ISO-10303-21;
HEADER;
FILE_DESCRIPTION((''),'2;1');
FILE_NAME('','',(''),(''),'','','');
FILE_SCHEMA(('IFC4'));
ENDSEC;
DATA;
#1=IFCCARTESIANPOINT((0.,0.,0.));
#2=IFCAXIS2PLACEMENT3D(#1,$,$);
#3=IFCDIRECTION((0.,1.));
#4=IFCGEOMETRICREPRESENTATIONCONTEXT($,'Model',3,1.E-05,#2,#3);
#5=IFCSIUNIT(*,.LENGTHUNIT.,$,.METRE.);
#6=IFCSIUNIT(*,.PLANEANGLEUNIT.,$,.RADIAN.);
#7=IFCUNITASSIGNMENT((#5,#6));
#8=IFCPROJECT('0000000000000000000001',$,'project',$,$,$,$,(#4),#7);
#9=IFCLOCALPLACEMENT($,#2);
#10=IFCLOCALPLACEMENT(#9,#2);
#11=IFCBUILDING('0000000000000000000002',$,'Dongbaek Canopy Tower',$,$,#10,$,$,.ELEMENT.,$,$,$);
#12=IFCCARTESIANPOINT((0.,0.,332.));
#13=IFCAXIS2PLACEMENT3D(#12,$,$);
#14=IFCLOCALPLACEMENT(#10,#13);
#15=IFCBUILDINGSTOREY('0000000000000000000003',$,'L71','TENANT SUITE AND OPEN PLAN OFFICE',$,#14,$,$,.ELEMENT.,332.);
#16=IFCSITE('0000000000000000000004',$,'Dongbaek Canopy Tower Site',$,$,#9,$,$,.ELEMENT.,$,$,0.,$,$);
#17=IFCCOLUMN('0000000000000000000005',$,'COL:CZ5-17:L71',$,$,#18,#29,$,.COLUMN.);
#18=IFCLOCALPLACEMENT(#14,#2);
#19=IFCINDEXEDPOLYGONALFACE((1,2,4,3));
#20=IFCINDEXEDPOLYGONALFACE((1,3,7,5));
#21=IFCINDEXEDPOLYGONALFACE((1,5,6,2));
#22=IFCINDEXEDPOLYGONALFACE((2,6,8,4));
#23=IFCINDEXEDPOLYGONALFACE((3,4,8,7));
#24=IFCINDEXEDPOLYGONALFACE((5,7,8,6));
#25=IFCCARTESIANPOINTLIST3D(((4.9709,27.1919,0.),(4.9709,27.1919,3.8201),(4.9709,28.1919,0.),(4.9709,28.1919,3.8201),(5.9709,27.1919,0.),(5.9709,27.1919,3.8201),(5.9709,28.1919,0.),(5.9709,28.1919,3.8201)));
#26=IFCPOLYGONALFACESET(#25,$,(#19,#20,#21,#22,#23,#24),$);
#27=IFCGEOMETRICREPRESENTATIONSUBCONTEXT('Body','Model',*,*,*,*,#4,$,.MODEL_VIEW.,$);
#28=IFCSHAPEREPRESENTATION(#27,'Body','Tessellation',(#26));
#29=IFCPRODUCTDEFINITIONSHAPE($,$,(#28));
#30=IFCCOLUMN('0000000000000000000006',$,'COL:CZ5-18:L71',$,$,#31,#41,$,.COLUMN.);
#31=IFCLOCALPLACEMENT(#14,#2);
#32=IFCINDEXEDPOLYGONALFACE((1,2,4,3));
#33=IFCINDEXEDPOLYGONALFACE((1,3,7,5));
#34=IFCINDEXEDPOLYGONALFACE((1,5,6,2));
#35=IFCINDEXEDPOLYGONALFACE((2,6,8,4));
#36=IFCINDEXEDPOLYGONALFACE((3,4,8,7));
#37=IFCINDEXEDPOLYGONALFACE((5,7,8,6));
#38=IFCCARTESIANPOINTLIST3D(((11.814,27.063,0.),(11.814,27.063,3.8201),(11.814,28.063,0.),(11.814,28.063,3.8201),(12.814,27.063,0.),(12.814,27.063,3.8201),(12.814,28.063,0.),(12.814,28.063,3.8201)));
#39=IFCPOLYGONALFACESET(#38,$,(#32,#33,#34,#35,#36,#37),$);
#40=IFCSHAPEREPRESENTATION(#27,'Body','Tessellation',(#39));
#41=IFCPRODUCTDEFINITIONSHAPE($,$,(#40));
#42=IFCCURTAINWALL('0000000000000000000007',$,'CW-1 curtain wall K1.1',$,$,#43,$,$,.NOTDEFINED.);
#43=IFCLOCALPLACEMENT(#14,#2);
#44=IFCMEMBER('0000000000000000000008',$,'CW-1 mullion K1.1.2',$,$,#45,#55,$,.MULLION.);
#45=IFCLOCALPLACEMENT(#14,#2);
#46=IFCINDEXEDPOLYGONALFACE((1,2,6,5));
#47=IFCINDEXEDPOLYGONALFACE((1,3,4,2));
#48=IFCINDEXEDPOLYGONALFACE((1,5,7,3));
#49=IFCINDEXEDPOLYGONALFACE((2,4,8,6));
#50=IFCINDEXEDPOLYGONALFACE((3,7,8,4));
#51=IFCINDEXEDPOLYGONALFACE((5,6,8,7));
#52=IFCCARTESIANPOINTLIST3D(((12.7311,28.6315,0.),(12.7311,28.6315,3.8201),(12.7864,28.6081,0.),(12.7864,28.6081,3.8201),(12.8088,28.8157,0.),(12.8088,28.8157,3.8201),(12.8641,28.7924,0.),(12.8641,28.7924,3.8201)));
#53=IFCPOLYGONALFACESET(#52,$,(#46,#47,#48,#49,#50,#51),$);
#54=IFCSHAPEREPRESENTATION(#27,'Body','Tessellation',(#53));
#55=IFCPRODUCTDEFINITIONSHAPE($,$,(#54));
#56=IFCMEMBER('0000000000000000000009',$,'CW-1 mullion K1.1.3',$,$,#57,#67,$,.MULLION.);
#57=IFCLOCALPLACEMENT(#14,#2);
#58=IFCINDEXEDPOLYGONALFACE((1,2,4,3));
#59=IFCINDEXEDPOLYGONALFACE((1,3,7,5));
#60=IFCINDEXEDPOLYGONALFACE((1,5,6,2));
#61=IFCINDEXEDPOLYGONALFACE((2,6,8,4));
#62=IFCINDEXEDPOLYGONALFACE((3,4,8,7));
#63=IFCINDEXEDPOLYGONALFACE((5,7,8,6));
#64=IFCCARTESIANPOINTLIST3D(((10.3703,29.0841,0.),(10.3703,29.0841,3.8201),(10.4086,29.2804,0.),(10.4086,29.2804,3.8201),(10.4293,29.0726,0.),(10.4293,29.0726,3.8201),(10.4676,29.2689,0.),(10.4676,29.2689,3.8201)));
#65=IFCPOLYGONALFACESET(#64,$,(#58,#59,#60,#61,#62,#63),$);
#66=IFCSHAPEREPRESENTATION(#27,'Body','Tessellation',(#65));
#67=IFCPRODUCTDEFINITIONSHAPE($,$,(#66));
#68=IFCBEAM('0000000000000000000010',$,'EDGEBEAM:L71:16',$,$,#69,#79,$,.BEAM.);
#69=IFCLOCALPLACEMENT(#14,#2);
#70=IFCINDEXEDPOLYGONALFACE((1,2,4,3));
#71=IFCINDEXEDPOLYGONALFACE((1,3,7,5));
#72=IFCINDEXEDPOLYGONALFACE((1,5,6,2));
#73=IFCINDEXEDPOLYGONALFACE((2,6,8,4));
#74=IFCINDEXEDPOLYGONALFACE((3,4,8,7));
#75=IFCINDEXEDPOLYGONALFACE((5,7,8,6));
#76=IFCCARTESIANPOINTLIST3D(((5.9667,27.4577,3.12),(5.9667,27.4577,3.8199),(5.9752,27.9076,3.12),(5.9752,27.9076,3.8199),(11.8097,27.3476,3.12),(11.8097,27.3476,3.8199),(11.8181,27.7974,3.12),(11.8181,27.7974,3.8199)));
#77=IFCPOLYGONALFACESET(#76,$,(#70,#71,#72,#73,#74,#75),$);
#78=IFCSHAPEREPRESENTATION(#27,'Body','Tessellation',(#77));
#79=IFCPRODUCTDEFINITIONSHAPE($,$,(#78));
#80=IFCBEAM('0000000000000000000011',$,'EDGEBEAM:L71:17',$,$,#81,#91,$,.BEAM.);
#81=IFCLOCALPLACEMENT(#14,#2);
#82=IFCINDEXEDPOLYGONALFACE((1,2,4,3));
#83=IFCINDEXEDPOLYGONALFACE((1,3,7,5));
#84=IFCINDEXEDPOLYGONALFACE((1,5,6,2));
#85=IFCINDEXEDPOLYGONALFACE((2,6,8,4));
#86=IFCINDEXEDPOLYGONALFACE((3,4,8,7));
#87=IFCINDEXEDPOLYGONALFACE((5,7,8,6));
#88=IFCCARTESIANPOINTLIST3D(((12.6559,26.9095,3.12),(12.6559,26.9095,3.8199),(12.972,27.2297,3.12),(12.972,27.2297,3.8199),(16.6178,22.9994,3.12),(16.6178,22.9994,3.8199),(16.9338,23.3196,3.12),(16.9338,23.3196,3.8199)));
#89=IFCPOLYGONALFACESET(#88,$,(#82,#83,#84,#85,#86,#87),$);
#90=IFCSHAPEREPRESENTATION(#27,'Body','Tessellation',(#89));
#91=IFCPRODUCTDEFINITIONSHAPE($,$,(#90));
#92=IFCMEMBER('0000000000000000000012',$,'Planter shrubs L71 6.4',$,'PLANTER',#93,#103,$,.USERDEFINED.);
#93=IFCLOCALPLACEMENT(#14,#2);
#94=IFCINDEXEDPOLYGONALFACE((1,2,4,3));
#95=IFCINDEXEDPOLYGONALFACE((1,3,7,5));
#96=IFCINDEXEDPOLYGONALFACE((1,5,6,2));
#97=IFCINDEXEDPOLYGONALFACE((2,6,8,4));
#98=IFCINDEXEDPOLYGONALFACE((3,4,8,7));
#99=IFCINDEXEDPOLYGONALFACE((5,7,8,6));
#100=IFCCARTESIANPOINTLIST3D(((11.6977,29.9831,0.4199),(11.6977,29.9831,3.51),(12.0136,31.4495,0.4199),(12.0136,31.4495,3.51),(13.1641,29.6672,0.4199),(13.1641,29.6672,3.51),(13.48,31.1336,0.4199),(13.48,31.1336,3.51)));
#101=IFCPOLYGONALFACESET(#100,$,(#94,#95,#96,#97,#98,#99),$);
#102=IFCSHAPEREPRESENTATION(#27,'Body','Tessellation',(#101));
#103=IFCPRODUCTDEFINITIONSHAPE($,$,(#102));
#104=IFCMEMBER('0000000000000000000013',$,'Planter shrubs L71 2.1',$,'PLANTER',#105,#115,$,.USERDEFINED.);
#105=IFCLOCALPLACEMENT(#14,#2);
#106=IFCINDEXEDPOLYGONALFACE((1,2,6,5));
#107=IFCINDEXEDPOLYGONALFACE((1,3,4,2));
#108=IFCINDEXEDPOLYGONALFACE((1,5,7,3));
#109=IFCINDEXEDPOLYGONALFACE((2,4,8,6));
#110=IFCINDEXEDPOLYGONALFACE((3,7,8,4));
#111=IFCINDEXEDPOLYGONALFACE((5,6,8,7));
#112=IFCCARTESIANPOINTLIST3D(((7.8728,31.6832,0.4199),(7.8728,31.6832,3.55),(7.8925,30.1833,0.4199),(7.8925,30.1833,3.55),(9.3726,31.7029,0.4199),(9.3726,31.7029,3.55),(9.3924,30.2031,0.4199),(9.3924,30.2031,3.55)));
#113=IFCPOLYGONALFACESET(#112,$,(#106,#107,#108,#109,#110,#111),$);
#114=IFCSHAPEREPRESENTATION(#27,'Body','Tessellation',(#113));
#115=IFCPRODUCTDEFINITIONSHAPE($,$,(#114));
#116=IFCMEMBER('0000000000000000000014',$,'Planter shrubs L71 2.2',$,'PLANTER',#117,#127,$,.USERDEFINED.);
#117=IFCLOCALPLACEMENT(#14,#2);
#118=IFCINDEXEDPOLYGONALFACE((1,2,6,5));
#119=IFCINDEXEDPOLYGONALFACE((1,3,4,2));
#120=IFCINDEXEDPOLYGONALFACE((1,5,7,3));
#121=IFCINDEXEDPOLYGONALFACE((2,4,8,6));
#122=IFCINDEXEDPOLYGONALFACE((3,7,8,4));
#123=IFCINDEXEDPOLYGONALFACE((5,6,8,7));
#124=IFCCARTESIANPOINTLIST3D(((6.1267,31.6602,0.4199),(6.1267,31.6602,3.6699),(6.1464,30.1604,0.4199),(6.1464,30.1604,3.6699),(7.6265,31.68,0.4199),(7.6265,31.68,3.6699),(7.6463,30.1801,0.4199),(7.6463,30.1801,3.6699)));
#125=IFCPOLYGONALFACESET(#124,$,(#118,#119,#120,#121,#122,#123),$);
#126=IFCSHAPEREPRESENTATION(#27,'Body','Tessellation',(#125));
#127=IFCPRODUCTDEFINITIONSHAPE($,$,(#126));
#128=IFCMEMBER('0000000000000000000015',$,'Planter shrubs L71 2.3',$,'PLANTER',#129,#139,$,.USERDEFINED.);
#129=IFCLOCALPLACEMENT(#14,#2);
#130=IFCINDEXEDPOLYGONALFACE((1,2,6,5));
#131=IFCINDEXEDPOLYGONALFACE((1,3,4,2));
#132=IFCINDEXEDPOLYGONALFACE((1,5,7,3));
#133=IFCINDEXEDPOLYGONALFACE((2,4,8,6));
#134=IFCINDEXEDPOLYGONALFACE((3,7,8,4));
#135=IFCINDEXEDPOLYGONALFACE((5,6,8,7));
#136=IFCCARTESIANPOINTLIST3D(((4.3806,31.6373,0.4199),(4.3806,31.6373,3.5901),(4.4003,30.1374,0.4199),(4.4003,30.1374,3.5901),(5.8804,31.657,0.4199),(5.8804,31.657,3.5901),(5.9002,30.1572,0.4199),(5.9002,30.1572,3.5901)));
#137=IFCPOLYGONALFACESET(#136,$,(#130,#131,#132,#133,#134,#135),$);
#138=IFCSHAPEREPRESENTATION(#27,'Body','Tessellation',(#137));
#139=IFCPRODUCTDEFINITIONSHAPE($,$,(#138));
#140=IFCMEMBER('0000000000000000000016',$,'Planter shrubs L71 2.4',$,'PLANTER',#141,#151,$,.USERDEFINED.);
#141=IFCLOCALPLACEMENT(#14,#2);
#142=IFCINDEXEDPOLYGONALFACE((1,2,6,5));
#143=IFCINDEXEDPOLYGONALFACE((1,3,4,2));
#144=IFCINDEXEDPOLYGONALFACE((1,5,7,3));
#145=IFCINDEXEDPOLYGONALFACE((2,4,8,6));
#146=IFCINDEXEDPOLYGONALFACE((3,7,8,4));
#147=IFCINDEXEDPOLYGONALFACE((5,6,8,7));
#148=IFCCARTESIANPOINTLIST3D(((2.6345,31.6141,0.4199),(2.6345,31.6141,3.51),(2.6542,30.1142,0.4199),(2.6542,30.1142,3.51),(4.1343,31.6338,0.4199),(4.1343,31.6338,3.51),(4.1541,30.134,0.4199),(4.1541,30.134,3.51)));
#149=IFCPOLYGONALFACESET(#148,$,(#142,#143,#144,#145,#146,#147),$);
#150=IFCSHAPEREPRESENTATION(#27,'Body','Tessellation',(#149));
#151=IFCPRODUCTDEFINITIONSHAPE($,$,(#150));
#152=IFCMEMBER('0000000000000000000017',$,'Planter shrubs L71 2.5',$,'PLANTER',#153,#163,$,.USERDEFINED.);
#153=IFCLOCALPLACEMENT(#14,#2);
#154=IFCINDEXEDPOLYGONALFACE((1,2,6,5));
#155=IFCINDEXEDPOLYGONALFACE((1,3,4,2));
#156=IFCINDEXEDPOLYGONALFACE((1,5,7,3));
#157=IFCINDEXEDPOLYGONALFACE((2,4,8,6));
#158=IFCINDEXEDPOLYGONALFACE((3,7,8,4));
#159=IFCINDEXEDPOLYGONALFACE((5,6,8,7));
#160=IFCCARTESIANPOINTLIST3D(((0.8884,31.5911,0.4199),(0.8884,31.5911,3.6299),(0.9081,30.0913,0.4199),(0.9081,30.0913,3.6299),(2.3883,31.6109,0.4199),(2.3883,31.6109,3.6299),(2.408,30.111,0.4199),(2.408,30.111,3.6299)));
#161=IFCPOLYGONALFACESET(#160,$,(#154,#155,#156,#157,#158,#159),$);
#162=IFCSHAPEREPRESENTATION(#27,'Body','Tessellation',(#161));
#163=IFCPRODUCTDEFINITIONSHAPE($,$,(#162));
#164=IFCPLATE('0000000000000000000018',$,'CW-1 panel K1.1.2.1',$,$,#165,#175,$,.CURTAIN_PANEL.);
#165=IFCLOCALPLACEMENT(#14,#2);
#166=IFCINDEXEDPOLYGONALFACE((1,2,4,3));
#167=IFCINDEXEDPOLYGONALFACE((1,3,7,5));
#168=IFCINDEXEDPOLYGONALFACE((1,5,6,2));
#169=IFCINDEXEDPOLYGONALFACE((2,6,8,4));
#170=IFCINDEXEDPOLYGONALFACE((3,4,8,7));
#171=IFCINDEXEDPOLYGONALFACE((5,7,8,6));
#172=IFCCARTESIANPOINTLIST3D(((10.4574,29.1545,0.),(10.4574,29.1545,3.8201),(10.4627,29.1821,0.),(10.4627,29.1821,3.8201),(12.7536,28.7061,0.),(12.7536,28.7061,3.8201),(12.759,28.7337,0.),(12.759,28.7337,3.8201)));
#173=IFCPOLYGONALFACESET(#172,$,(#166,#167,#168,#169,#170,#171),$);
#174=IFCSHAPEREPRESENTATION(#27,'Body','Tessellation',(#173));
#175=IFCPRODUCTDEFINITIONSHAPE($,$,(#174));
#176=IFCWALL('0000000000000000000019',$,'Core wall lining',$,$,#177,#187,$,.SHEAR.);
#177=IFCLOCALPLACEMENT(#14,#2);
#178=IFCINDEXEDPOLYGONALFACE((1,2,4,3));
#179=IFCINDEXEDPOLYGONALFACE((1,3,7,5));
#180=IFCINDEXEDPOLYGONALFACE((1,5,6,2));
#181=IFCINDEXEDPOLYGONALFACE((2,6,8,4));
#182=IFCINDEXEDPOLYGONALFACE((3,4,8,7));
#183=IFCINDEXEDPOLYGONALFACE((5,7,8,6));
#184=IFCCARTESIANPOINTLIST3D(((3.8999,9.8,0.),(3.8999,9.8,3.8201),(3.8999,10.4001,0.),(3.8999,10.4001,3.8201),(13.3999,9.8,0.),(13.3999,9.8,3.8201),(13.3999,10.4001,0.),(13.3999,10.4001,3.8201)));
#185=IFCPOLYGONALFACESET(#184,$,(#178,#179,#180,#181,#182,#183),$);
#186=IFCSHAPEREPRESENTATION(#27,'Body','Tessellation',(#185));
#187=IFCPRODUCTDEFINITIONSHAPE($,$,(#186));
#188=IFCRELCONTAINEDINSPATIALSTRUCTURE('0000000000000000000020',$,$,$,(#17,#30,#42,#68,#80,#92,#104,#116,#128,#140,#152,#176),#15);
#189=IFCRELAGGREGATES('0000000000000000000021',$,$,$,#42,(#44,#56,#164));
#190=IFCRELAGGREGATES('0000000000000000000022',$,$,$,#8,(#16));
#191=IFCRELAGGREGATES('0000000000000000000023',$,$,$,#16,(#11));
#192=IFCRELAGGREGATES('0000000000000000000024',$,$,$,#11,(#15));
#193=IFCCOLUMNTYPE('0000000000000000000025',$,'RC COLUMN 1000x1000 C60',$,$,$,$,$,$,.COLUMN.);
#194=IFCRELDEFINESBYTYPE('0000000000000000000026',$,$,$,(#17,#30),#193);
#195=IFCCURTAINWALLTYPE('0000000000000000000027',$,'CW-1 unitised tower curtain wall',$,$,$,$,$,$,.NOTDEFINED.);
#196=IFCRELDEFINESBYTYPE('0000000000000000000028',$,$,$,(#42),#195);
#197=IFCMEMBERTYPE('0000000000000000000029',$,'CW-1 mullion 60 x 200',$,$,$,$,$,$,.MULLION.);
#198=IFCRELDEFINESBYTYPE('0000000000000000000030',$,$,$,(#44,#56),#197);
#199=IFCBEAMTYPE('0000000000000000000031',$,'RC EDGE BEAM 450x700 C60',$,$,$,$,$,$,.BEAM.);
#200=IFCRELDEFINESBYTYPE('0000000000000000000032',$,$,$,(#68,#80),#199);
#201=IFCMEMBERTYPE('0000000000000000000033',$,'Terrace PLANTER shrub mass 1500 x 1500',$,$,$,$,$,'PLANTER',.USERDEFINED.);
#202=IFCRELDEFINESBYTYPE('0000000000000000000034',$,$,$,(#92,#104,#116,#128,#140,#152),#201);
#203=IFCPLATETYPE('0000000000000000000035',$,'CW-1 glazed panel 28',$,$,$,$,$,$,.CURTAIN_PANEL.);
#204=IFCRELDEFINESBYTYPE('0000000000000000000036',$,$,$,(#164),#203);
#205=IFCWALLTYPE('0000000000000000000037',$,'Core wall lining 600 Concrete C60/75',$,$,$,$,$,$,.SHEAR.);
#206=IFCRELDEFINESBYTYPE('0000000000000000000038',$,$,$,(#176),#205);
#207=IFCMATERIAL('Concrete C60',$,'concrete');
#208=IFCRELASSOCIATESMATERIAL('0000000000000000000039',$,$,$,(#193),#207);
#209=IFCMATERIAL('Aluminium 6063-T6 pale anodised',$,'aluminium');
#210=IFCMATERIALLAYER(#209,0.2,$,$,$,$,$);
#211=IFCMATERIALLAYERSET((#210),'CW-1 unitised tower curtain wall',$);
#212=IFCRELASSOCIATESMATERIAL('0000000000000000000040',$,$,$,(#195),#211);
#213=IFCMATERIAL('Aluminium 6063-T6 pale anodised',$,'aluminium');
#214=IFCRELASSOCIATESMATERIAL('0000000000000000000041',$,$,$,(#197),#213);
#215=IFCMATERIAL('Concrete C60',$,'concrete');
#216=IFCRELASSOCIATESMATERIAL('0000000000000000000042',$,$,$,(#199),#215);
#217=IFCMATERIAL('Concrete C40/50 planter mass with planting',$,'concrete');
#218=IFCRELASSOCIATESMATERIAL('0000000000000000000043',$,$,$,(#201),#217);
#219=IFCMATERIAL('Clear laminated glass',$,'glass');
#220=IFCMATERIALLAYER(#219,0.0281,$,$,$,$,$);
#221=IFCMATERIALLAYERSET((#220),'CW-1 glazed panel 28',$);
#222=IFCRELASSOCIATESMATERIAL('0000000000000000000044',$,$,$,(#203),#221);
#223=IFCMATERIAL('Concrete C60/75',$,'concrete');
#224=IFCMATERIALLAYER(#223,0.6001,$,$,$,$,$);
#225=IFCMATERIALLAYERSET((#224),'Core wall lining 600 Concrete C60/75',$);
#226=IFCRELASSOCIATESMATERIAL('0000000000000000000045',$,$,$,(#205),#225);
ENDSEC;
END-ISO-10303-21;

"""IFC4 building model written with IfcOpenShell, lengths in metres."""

from ifc_helpers import new_model, si_unit, direction, frame, frame_2d, origin, origin_2d, place, context, subcontext, project, spatial, rectangle, extrude, material, layer, layer_set, material_profile, profile_set, type_object, element, aggregate, save


model = new_model("IFC4")

# Units and contexts
model_context = context("Model", 3, precision=1e-05, world=origin(), true_north=direction((0.0, 1.0)))
body_context = subcontext(model_context, "Body", "Model", "MODEL_VIEW")
ifc_project = project(units=[si_unit("LENGTHUNIT", "METRE"), si_unit("PLANEANGLEUNIT", "RADIAN")], contexts=[model_context])

# Site, building, storey
site_placement = place(None, origin())
site = spatial("IfcSite", under=ifc_project, at=site_placement, Name="Dongbaek Canopy Tower Site", CompositionType="ELEMENT", RefElevation=0.0)
building_placement = place(site_placement, origin())
building = spatial("IfcBuilding", under=site, at=building_placement, Name="Dongbaek Canopy Tower", CompositionType="ELEMENT")
storey_placement = place(building_placement, frame((0.0, 0.0, 332.0)))
storey = spatial("IfcBuildingStorey", under=building, at=storey_placement, Name="L71", Description="TENANT SUITE AND OPEN PLAN OFFICE", CompositionType="ELEMENT", Elevation=332.0)

# Columns
ifc_material_1 = material(Name="Concrete C60", Category="concrete")
ifc_material_profile_1 = material_profile(ifc_material_1, rectangle(XDim=1.0, YDim=1.0, at=origin_2d()), Name="RC COLUMN 1000x1000 C60")
ifc_profile_set_1 = profile_set([ifc_material_profile_1], Name="Concrete C60")
column_type = type_object("IfcColumnType", Name="RC COLUMN 1000x1000 C60", PredefinedType="COLUMN", material=ifc_profile_set_1)
for number, where, z_axis, x_axis, name in (
    (1, (5.4709, 27.6919, 0.0), (0.0, 0.0, 1.0), (1.0, 0.0, 0.0), "COL:CZ5-17:L71"),
    (2, (12.314, 27.563, 0.0), (0.0, 0.0, 1.0), (1.0, 0.0, 0.0), "COL:CZ5-18:L71"),
):
    element("IfcColumn", number, at=place(storey_placement, frame(where, z_axis=z_axis, x_axis=x_axis)), inside=storey, type_object=column_type, Name=name, PredefinedType="COLUMN", context=body_context, shape_type="SweptSolid", body=[
        extrude(rectangle(XDim=1.0, YDim=1.0, at=origin_2d()), origin(), (0.0, 0.0, 1.0), 3.8201),
    ])

# Curtain wall, members
ifc_material_2 = material(Name="Aluminium 6063-T6 pale anodised", Category="aluminium")
ifc_layer_1 = layer(ifc_material_2, 0.2)
ifc_layer_set_1 = layer_set([ifc_layer_1], Name="CW-1 unitised tower curtain wall")
curtain_wall_type = type_object("IfcCurtainWallType", Name="CW-1 unitised tower curtain wall", PredefinedType="NOTDEFINED", material=ifc_layer_set_1)
curtain_wall_placement = place(storey_placement, origin())
curtain_wall = element("IfcCurtainWall", 3, at=curtain_wall_placement, inside=storey, type_object=curtain_wall_type, Name="CW-1 curtain wall K1.1", PredefinedType="NOTDEFINED")
ifc_material_3 = material(Name="Aluminium 6063-T6 pale anodised", Category="aluminium")
ifc_material_profile_2 = material_profile(ifc_material_3, rectangle(XDim=0.2, YDim=0.0601, at=origin_2d()), Name="CW-1 mullion 60 x 200")
ifc_profile_set_2 = profile_set([ifc_material_profile_2], Name="Aluminium 6063-T6 pale anodised")
member_type_1 = type_object("IfcMemberType", Name="CW-1 mullion 60 x 200", PredefinedType="MULLION", material=ifc_profile_set_2)
member_1_placement = place(storey_placement, frame((12.7976, 28.7119, 0.0), z_axis=(0.0, 0.0, 1.0), x_axis=(0.388396, 0.921492, 0.0)))
member_1 = element("IfcMember", 4, at=member_1_placement, type_object=member_type_1, Name="CW-1 mullion K1.1.2", PredefinedType="MULLION", context=body_context, shape_type="SweptSolid", body=[
    extrude(rectangle(XDim=0.2, YDim=0.0601, at=origin_2d()), origin(), (0.0, 0.0, 1.0), 3.8201),
])
member_2_placement = place(storey_placement, frame((10.4189, 29.1765, 0.0), z_axis=(0.0, 0.0, 1.0), x_axis=(0.191669, 0.98146, 0.0)))
member_2 = element("IfcMember", 5, at=member_2_placement, type_object=member_type_1, Name="CW-1 mullion K1.1.3", PredefinedType="MULLION", context=body_context, shape_type="SweptSolid", body=[
    extrude(rectangle(XDim=0.2, YDim=0.0601, at=origin_2d()), origin(), (0.0, 0.0, 1.0), 3.8201),
])

# Beams
ifc_material_4 = material(Name="Concrete C60", Category="concrete")
ifc_material_profile_3 = material_profile(ifc_material_4, rectangle(XDim=0.45, YDim=0.7, at=origin_2d()), Name="RC EDGE BEAM 450x700 C60")
ifc_profile_set_3 = profile_set([ifc_material_profile_3], Name="Concrete C60")
beam_type = type_object("IfcBeamType", Name="RC EDGE BEAM 450x700 C60", PredefinedType="BEAM", material=ifc_profile_set_3)
beam_1_placement = place(storey_placement, frame((5.9709, 27.6826, 3.47), z_axis=(0.999822, -0.018841, 0.0), x_axis=(0.018841, 0.999822, 0.0)))
element("IfcBeam", 6, at=beam_1_placement, inside=storey, type_object=beam_type, Name="EDGEBEAM:L71:16", PredefinedType="BEAM", context=body_context, shape_type="SweptSolid", body=[
    extrude(rectangle(XDim=0.45, YDim=0.7, at=origin_2d()), origin(), (0.0, 0.0, 1.0), 5.844),
])
beam_2_placement = place(storey_placement, frame((12.814, 27.0696, 3.47), z_axis=(0.711741, -0.702442, 0.0), x_axis=(0.702442, 0.711741, 0.0)))
element("IfcBeam", 7, at=beam_2_placement, inside=storey, type_object=beam_type, Name="EDGEBEAM:L71:17", PredefinedType="BEAM", context=body_context, shape_type="SweptSolid", body=[
    extrude(rectangle(XDim=0.45, YDim=0.7, at=origin_2d()), origin(), (0.0, 0.0, 1.0), 5.5664),
])

# Members
ifc_material_5 = material(Name="Concrete C40/50 planter mass with planting", Category="concrete")
ifc_material_profile_4 = material_profile(ifc_material_5, rectangle(XDim=1.5, YDim=1.5, at=origin_2d()), Name="Terrace PLANTER shrub mass 1500 x 1500")
ifc_profile_set_4 = profile_set([ifc_material_profile_4], Name="Concrete C40/50 planter mass with planting")
member_type_2 = type_object("IfcMemberType", Name="Terrace PLANTER shrub mass 1500 x 1500", ElementType="PLANTER", PredefinedType="USERDEFINED", material=ifc_profile_set_4)
member_3_placement = place(storey_placement, frame((12.5889, 30.5583, 0.4199), z_axis=(0.0, 0.0, 1.0), x_axis=(0.210585, 0.977576, 0.0)))
element("IfcMember", 8, at=member_3_placement, inside=storey, type_object=member_type_2, Name="Planter shrubs L71 6.4", ObjectType="PLANTER", PredefinedType="USERDEFINED", context=body_context, shape_type="SweptSolid", body=[
    extrude(rectangle(XDim=1.5, YDim=1.5, at=origin_2d()), origin(), (0.0, 0.0, 1.0), 3.0901),
])
member_4_placement = place(storey_placement, frame((8.6326, 30.9431, 0.4199), z_axis=(0.0, 0.0, 1.0), x_axis=(-0.013165, 0.999913, 0.0)))
element("IfcMember", 9, at=member_4_placement, inside=storey, type_object=member_type_2, Name="Planter shrubs L71 2.1", ObjectType="PLANTER", PredefinedType="USERDEFINED", context=body_context, shape_type="SweptSolid", body=[
    extrude(rectangle(XDim=1.5, YDim=1.5, at=origin_2d()), origin(), (0.0, 0.0, 1.0), 3.1301),
])
member_5_placement = place(storey_placement, frame((6.8865, 30.9202, 0.4199), z_axis=(0.0, 0.0, 1.0), x_axis=(-0.013165, 0.999913, 0.0)))
element("IfcMember", 10, at=member_5_placement, inside=storey, type_object=member_type_2, Name="Planter shrubs L71 2.2", ObjectType="PLANTER", PredefinedType="USERDEFINED", context=body_context, shape_type="SweptSolid", body=[
    extrude(rectangle(XDim=1.5, YDim=1.5, at=origin_2d()), origin(), (0.0, 0.0, 1.0), 3.25),
])
member_6_placement = place(storey_placement, frame((5.1404, 30.8972, 0.4199), z_axis=(0.0, 0.0, 1.0), x_axis=(-0.013165, 0.999913, 0.0)))
element("IfcMember", 11, at=member_6_placement, inside=storey, type_object=member_type_2, Name="Planter shrubs L71 2.3", ObjectType="PLANTER", PredefinedType="USERDEFINED", context=body_context, shape_type="SweptSolid", body=[
    extrude(rectangle(XDim=1.5, YDim=1.5, at=origin_2d()), origin(), (0.0, 0.0, 1.0), 3.1702),
])
member_7_placement = place(storey_placement, frame((3.3943, 30.874, 0.4199), z_axis=(0.0, 0.0, 1.0), x_axis=(-0.013165, 0.999913, 0.0)))
element("IfcMember", 12, at=member_7_placement, inside=storey, type_object=member_type_2, Name="Planter shrubs L71 2.4", ObjectType="PLANTER", PredefinedType="USERDEFINED", context=body_context, shape_type="SweptSolid", body=[
    extrude(rectangle(XDim=1.5, YDim=1.5, at=origin_2d()), origin(), (0.0, 0.0, 1.0), 3.0901),
])
member_8_placement = place(storey_placement, frame((1.6482, 30.8511, 0.4199), z_axis=(0.0, 0.0, 1.0), x_axis=(-0.013165, 0.999913, 0.0)))
element("IfcMember", 13, at=member_8_placement, inside=storey, type_object=member_type_2, Name="Planter shrubs L71 2.5", ObjectType="PLANTER", PredefinedType="USERDEFINED", context=body_context, shape_type="SweptSolid", body=[
    extrude(rectangle(XDim=1.5, YDim=1.5, at=origin_2d()), origin(), (0.0, 0.0, 1.0), 3.21),
])

# Plate
ifc_material_6 = material(Name="Clear laminated glass", Category="glass")
ifc_layer_2 = layer(ifc_material_6, 0.0281)
ifc_layer_set_2 = layer_set([ifc_layer_2], Name="CW-1 glazed panel 28")
plate_type = type_object("IfcPlateType", Name="CW-1 glazed panel 28", PredefinedType="CURTAIN_PANEL", material=ifc_layer_set_2)
plate_placement = place(storey_placement, frame((11.6082, 28.9441, 0.0), z_axis=(0.0, 0.0, 1.0), x_axis=(-0.98146, 0.191669, 0.0)))
plate = element("IfcPlate", 14, at=plate_placement, type_object=plate_type, Name="CW-1 panel K1.1.2.1", PredefinedType="CURTAIN_PANEL", context=body_context, shape_type="SweptSolid", body=[
    extrude(rectangle(XDim=2.3396, YDim=0.0281, at=origin_2d()), origin(), (0.0, 0.0, 1.0), 3.8201),
])
aggregate(curtain_wall, [member_1, member_2, plate])

# Wall
ifc_material_7 = material(Name="Concrete C60/75", Category="concrete")
ifc_layer_3 = layer(ifc_material_7, 0.6001)
ifc_layer_set_3 = layer_set([ifc_layer_3], Name="Core wall lining 600 Concrete C60/75")
wall_type_1 = type_object("IfcWallType", Name="Core wall lining 600 Concrete C60/75", PredefinedType="SHEAR", material=ifc_layer_set_3)
wall_1_placement = place(storey_placement, frame((3.8999, 10.1001, 0.0), z_axis=(0.0, 0.0, 1.0), x_axis=(1.0, 0.0, 0.0)))
element("IfcWall", 15, at=wall_1_placement, inside=storey, type_object=wall_type_1, Name="Core wall lining", PredefinedType="SHEAR", context=body_context, shape_type="SweptSolid", body=[
    extrude(rectangle(XDim=9.5, YDim=0.6001, at=frame_2d((4.75, 0.0))), origin(), (0.0, 0.0, 1.0), 3.8201),
])

save(model, "model.ifc")
